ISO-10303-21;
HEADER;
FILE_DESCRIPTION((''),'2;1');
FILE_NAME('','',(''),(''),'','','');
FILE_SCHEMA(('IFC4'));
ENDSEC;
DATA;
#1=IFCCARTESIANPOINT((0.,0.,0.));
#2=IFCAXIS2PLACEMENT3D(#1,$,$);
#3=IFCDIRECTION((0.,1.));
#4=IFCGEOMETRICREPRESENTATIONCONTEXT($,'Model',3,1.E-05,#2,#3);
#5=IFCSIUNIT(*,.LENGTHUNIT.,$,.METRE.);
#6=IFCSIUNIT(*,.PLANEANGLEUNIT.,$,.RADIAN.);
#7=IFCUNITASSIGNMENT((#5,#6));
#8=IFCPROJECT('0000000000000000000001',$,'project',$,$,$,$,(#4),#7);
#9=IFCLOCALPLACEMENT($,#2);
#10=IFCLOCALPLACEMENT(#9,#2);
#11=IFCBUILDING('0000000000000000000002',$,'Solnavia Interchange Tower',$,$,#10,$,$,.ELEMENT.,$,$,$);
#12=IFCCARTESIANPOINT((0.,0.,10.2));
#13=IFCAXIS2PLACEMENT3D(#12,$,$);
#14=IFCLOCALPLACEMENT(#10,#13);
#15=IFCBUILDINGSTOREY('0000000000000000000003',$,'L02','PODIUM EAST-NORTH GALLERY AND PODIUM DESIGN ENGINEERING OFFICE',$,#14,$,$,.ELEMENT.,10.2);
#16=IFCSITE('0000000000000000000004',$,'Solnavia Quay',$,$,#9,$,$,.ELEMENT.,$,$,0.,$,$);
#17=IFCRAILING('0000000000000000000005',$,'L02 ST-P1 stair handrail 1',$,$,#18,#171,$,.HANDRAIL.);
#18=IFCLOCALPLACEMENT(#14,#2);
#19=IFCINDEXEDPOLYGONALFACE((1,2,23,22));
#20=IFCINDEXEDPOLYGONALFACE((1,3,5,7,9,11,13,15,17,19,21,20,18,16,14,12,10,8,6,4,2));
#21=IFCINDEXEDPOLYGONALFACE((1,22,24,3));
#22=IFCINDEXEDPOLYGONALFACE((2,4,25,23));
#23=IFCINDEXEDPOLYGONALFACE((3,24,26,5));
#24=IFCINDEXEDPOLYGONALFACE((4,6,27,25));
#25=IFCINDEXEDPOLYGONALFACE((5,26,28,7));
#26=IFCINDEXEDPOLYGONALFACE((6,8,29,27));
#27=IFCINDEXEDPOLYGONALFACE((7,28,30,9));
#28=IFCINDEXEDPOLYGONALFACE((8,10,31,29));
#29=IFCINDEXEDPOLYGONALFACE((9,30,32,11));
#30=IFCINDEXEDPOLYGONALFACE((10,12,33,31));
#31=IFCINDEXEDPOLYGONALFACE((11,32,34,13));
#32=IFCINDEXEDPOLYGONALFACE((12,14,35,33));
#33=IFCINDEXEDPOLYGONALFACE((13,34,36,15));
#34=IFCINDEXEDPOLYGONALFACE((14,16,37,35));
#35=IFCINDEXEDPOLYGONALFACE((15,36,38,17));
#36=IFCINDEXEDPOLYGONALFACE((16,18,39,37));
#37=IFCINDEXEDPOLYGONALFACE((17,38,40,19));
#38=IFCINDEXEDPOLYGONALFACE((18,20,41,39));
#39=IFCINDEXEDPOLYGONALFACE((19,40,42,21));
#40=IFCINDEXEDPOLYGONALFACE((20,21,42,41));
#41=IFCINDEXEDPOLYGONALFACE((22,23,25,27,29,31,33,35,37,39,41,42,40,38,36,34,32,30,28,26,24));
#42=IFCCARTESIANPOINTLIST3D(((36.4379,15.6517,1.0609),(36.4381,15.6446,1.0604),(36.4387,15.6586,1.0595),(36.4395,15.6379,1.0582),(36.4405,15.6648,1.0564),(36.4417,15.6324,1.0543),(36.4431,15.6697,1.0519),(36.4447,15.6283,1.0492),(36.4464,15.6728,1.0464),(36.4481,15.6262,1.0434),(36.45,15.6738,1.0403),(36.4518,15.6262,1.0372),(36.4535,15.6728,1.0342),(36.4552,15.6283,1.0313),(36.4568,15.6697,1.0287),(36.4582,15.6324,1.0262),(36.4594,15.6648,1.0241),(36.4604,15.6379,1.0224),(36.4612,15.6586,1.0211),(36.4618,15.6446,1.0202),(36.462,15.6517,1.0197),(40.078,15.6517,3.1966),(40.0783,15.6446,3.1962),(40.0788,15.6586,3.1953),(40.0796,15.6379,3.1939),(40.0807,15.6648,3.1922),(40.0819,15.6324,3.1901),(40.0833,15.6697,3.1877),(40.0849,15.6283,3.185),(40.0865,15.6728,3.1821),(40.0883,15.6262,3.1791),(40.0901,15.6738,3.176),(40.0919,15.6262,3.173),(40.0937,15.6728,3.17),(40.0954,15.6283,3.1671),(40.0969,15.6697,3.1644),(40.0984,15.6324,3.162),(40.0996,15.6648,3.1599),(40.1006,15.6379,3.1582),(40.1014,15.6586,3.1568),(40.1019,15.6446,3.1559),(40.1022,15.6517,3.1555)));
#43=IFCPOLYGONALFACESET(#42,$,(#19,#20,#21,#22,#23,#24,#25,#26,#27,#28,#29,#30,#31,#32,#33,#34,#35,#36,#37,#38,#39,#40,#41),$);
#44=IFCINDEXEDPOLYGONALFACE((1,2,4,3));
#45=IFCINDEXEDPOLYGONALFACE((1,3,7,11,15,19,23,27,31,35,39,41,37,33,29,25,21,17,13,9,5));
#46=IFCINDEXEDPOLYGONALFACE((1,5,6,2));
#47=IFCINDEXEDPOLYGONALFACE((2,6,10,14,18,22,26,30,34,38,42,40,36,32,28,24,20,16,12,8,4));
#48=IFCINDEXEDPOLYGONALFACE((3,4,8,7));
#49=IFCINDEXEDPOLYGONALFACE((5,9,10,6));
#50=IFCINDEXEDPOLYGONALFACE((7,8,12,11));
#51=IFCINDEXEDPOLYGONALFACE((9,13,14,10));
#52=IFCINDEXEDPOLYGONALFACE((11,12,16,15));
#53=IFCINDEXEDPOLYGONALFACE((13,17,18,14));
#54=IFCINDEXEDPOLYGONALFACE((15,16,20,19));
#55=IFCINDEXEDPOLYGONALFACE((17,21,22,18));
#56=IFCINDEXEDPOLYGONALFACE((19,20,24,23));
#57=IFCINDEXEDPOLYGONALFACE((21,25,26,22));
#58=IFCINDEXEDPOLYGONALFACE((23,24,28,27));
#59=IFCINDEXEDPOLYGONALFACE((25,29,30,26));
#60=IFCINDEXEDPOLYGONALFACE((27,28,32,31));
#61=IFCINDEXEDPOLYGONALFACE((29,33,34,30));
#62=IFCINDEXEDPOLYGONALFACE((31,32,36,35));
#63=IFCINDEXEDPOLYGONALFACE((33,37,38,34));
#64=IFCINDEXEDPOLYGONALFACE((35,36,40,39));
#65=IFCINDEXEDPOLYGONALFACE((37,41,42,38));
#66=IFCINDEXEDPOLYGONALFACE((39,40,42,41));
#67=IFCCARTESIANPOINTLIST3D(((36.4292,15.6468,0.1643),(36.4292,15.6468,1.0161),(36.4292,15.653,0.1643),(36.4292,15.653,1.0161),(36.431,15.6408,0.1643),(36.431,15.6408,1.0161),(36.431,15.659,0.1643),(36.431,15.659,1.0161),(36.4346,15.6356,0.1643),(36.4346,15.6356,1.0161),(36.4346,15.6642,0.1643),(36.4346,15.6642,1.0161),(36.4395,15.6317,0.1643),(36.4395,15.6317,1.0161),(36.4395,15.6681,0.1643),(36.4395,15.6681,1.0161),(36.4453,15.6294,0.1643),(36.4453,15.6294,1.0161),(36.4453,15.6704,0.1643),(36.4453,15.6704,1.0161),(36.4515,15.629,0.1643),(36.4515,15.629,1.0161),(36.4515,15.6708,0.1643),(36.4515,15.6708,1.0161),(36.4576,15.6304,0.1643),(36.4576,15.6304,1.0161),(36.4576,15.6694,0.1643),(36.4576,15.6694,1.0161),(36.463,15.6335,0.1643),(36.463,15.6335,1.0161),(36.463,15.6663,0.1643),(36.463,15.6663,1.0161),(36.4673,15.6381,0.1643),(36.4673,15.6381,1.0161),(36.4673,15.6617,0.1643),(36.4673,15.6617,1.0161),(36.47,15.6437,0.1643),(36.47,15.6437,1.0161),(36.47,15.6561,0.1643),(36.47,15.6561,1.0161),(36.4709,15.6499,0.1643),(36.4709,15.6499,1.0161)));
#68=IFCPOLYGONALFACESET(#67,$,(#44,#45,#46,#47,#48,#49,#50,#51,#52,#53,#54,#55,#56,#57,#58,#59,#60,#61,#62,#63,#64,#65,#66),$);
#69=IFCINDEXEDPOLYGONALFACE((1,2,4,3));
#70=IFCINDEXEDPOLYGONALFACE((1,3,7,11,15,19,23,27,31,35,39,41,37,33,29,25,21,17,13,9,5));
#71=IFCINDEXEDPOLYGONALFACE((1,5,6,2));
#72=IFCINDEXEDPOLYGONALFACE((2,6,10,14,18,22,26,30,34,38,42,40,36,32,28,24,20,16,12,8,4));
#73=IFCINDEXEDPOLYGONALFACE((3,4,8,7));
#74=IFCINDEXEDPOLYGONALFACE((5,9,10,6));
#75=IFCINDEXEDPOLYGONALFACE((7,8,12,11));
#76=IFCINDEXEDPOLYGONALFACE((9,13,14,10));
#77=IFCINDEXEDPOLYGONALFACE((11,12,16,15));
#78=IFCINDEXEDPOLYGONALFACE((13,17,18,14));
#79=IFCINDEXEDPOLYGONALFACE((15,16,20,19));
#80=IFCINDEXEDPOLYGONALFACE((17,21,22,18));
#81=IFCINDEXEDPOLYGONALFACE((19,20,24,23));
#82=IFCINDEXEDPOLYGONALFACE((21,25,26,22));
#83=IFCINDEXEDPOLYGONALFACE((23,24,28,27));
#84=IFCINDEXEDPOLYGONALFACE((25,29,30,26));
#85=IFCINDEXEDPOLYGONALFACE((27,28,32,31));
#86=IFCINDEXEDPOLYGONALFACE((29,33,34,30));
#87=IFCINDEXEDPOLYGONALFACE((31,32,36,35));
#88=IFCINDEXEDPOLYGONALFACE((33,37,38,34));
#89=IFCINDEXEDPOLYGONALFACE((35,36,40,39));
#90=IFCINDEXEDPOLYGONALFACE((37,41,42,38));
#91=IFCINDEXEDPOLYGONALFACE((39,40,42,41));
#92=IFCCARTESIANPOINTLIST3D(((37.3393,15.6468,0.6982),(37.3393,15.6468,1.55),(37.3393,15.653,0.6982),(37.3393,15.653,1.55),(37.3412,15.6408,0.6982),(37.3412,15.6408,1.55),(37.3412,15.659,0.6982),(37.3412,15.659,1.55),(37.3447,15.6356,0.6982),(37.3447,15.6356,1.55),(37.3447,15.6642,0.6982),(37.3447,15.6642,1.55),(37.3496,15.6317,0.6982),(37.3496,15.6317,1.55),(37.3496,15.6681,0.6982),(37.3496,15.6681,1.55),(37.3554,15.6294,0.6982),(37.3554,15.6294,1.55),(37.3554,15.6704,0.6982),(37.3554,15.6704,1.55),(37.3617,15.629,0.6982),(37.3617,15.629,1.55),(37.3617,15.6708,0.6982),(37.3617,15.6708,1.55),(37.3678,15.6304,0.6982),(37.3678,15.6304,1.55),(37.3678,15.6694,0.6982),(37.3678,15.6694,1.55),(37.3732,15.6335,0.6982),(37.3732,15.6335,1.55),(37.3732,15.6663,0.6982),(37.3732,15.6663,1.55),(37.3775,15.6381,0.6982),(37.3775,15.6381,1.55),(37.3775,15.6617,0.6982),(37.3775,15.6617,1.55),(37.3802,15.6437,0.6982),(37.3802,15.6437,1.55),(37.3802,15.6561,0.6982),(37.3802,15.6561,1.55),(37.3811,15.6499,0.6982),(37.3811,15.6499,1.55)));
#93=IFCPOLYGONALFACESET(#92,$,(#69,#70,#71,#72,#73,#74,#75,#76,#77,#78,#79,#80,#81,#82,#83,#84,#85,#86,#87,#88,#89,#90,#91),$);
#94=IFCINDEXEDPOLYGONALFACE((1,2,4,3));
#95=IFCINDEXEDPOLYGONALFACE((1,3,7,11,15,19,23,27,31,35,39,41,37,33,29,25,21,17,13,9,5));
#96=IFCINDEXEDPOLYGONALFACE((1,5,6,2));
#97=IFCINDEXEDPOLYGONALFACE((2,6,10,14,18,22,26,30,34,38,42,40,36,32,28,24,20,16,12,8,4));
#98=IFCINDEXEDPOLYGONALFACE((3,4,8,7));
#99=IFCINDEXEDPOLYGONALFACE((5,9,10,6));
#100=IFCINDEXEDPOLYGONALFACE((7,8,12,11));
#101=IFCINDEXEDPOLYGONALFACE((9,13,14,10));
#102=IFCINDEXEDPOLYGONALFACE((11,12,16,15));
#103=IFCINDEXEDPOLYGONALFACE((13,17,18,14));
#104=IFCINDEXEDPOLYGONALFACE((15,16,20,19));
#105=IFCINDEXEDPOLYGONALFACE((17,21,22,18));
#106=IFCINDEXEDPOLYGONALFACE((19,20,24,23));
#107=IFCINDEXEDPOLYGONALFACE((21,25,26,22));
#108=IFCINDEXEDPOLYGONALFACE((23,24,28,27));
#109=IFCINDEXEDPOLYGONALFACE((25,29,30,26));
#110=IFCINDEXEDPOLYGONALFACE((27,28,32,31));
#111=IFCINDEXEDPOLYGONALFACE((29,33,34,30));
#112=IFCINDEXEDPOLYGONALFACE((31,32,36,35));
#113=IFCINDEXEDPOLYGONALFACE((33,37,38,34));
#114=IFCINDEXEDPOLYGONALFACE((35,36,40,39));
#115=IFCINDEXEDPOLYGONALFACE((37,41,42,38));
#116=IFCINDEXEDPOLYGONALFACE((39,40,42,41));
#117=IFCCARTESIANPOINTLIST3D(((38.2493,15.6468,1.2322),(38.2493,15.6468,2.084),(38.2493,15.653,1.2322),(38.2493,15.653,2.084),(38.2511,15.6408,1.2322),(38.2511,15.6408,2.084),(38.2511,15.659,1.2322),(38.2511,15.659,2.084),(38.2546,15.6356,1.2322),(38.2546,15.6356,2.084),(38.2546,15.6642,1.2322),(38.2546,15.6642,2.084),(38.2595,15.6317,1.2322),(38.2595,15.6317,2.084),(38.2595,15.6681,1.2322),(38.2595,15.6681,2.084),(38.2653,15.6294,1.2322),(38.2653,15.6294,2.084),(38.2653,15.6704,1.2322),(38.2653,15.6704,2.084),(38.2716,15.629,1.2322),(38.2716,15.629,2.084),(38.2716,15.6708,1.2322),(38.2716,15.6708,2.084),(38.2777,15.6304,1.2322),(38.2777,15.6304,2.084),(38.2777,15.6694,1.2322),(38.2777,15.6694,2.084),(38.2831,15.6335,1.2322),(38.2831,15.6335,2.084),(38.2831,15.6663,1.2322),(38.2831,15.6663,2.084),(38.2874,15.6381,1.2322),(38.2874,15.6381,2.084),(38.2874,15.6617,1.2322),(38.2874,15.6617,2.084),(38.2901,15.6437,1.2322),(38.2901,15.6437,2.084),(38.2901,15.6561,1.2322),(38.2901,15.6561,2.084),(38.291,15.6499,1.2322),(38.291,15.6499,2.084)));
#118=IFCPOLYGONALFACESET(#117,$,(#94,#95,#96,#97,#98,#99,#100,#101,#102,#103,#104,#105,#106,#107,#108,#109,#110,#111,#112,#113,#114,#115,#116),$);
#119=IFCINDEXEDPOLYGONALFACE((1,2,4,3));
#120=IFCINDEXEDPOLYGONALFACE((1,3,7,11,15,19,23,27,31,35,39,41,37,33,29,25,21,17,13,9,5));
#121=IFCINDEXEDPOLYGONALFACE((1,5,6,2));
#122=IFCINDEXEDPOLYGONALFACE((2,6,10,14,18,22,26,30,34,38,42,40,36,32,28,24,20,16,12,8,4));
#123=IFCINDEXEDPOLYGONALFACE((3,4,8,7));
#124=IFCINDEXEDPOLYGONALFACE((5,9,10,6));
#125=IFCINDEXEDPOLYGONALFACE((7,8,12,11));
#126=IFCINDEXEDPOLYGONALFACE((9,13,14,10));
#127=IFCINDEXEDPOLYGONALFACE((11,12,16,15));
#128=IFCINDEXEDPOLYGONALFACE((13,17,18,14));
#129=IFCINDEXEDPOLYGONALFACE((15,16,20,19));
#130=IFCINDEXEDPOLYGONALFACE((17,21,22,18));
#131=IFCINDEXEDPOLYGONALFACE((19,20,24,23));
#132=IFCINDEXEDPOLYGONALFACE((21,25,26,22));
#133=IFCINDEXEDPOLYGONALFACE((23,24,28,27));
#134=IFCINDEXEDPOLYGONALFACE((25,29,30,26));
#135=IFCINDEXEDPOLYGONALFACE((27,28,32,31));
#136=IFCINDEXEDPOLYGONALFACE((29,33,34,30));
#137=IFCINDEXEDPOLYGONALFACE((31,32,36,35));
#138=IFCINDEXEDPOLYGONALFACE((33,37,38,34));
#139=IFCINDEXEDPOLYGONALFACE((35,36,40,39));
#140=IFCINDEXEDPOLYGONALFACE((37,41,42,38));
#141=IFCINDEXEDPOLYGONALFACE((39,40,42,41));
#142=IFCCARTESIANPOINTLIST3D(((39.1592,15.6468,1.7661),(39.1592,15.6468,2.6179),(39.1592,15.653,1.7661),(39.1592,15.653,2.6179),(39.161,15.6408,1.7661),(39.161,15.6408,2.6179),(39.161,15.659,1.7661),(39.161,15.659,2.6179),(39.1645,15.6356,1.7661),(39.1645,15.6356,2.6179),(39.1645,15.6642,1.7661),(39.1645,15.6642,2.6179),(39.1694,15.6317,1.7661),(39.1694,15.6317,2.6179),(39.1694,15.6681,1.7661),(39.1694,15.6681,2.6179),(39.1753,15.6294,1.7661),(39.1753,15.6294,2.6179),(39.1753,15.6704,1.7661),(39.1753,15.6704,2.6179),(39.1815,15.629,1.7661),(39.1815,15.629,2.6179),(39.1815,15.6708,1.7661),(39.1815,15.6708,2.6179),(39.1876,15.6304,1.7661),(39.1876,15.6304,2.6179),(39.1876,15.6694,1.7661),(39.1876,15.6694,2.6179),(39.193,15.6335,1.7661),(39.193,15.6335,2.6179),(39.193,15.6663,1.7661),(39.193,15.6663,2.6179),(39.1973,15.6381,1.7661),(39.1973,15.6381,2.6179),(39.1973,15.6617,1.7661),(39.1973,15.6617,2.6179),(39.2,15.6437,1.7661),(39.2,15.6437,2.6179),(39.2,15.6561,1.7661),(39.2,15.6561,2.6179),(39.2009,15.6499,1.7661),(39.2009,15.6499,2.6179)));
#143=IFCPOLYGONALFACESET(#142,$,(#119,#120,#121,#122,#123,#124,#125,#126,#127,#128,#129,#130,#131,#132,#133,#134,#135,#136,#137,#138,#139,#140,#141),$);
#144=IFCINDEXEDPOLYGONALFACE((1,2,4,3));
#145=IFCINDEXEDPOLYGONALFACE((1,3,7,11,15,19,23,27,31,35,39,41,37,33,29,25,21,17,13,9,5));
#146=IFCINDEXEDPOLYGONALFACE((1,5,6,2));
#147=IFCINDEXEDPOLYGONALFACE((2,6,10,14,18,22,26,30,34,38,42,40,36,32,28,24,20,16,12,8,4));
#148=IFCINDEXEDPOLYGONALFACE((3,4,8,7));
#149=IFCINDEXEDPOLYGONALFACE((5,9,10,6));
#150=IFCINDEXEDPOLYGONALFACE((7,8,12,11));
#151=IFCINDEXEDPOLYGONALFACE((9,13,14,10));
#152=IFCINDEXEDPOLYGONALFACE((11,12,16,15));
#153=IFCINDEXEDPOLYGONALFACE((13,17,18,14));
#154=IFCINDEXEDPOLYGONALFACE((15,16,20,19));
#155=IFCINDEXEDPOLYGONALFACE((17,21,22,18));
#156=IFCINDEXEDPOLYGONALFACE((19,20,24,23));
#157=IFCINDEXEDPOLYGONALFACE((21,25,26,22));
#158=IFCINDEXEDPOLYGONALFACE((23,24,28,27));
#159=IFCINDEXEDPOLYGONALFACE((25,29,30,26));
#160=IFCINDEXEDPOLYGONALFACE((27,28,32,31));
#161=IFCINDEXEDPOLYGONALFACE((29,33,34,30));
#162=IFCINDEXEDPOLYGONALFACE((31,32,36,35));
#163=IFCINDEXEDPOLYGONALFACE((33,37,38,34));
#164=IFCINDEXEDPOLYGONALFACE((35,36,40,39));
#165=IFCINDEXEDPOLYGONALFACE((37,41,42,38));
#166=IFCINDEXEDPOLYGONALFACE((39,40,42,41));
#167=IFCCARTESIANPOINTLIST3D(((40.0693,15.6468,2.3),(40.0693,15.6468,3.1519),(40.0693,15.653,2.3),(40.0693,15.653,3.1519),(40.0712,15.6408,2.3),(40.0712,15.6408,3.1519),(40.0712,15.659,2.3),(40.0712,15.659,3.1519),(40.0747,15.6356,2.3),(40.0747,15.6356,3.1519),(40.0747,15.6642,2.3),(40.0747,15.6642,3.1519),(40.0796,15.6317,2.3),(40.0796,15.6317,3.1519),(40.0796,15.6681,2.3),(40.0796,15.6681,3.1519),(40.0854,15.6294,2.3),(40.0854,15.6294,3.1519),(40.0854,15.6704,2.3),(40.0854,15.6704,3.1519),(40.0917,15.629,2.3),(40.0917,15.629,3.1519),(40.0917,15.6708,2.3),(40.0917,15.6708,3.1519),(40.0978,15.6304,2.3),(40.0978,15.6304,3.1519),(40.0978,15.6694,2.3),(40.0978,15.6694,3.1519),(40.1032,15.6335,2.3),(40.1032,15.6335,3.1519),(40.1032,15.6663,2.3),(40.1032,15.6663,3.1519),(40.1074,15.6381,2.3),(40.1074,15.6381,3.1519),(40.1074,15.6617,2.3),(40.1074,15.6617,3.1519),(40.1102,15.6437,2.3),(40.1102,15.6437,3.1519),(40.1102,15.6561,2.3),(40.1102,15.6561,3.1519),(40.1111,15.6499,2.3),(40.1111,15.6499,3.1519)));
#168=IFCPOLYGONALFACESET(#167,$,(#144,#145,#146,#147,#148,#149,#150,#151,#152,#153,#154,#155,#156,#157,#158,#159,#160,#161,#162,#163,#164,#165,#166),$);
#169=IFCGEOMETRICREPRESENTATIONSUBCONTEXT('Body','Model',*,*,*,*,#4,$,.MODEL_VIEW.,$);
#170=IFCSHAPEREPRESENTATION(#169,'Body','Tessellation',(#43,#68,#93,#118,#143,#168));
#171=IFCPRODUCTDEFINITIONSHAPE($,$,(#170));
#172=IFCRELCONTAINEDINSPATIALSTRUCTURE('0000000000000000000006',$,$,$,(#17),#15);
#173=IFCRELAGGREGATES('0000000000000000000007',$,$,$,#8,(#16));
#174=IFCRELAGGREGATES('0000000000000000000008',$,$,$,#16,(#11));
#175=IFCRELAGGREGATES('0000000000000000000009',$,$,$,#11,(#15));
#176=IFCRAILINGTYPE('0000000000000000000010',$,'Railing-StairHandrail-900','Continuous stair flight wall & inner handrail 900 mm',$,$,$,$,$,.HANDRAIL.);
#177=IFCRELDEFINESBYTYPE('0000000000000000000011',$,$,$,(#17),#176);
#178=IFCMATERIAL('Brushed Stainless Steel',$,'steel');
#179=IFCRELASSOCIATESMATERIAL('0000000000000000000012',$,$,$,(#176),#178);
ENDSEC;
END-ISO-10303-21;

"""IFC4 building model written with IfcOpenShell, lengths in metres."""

from ifc_helpers import new_model, si_unit, direction, frame, origin, origin_2d, place, context, subcontext, project, spatial, circle, extrude, material, type_object, element, save


model = new_model("IFC4")

# Units and contexts
model_context = context("Model", 3, precision=1e-05, world=origin(), true_north=direction((0.0, 1.0)))
body_context = subcontext(model_context, "Body", "Model", "MODEL_VIEW")
ifc_project = project(units=[si_unit("LENGTHUNIT", "METRE"), si_unit("PLANEANGLEUNIT", "RADIAN")], contexts=[model_context])

# Site, building, storey
site_placement = place(None, origin())
site = spatial("IfcSite", under=ifc_project, at=site_placement, Name="Solnavia Quay", CompositionType="ELEMENT", RefElevation=0.0)
building_placement = place(site_placement, origin())
building = spatial("IfcBuilding", under=site, at=building_placement, Name="Solnavia Interchange Tower", CompositionType="ELEMENT")
storey_placement = place(building_placement, frame((0.0, 0.0, 10.2)))
storey = spatial("IfcBuildingStorey", under=building, at=storey_placement, Name="L02", Description="PODIUM EAST-NORTH GALLERY AND PODIUM DESIGN ENGINEERING OFFICE", CompositionType="ELEMENT", Elevation=10.2)

# Railing
ifc_material_1 = material(Name="Brushed Stainless Steel", Category="steel")
railing_type_1 = type_object("IfcRailingType", Name="Railing-StairHandrail-900", Description="Continuous stair flight wall & inner handrail 900 mm", PredefinedType="HANDRAIL", material=ifc_material_1)
railing_1_placement = place(storey_placement, frame((36.45, 15.6499, 0.1643)))
element("IfcRailing", 1, at=railing_1_placement, inside=storey, type_object=railing_type_1, Name="L02 ST-P1 stair handrail 1", PredefinedType="HANDRAIL", context=body_context, shape_type="SweptSolid", body=[
    extrude(circle(Radius=0.0239, at=origin_2d()), frame((0.0, 0.0, 0.876), z_axis=(0.862505, 0.0, 0.506049), x_axis=(0.0, 1.0, 0.0)), (0.0, 0.0, 1.0), 4.2205),
    extrude(circle(Radius=0.021, at=origin_2d()), origin(), (0.0, 0.0, 1.0), 0.8518),
    extrude(circle(Radius=0.021, at=origin_2d()), frame((0.9102, 0.0, 0.5339)), (0.0, 0.0, 1.0), 0.8518),
    extrude(circle(Radius=0.021, at=origin_2d()), frame((1.8201, 0.0, 1.0679)), (0.0, 0.0, 1.0), 0.8518),
    extrude(circle(Radius=0.021, at=origin_2d()), frame((2.73, 0.0, 1.6018)), (0.0, 0.0, 1.0), 0.8518),
    extrude(circle(Radius=0.021, at=origin_2d()), frame((3.6401, 0.0, 2.1357)), (0.0, 0.0, 1.0), 0.8518),
])

save(model, "model.ifc")
